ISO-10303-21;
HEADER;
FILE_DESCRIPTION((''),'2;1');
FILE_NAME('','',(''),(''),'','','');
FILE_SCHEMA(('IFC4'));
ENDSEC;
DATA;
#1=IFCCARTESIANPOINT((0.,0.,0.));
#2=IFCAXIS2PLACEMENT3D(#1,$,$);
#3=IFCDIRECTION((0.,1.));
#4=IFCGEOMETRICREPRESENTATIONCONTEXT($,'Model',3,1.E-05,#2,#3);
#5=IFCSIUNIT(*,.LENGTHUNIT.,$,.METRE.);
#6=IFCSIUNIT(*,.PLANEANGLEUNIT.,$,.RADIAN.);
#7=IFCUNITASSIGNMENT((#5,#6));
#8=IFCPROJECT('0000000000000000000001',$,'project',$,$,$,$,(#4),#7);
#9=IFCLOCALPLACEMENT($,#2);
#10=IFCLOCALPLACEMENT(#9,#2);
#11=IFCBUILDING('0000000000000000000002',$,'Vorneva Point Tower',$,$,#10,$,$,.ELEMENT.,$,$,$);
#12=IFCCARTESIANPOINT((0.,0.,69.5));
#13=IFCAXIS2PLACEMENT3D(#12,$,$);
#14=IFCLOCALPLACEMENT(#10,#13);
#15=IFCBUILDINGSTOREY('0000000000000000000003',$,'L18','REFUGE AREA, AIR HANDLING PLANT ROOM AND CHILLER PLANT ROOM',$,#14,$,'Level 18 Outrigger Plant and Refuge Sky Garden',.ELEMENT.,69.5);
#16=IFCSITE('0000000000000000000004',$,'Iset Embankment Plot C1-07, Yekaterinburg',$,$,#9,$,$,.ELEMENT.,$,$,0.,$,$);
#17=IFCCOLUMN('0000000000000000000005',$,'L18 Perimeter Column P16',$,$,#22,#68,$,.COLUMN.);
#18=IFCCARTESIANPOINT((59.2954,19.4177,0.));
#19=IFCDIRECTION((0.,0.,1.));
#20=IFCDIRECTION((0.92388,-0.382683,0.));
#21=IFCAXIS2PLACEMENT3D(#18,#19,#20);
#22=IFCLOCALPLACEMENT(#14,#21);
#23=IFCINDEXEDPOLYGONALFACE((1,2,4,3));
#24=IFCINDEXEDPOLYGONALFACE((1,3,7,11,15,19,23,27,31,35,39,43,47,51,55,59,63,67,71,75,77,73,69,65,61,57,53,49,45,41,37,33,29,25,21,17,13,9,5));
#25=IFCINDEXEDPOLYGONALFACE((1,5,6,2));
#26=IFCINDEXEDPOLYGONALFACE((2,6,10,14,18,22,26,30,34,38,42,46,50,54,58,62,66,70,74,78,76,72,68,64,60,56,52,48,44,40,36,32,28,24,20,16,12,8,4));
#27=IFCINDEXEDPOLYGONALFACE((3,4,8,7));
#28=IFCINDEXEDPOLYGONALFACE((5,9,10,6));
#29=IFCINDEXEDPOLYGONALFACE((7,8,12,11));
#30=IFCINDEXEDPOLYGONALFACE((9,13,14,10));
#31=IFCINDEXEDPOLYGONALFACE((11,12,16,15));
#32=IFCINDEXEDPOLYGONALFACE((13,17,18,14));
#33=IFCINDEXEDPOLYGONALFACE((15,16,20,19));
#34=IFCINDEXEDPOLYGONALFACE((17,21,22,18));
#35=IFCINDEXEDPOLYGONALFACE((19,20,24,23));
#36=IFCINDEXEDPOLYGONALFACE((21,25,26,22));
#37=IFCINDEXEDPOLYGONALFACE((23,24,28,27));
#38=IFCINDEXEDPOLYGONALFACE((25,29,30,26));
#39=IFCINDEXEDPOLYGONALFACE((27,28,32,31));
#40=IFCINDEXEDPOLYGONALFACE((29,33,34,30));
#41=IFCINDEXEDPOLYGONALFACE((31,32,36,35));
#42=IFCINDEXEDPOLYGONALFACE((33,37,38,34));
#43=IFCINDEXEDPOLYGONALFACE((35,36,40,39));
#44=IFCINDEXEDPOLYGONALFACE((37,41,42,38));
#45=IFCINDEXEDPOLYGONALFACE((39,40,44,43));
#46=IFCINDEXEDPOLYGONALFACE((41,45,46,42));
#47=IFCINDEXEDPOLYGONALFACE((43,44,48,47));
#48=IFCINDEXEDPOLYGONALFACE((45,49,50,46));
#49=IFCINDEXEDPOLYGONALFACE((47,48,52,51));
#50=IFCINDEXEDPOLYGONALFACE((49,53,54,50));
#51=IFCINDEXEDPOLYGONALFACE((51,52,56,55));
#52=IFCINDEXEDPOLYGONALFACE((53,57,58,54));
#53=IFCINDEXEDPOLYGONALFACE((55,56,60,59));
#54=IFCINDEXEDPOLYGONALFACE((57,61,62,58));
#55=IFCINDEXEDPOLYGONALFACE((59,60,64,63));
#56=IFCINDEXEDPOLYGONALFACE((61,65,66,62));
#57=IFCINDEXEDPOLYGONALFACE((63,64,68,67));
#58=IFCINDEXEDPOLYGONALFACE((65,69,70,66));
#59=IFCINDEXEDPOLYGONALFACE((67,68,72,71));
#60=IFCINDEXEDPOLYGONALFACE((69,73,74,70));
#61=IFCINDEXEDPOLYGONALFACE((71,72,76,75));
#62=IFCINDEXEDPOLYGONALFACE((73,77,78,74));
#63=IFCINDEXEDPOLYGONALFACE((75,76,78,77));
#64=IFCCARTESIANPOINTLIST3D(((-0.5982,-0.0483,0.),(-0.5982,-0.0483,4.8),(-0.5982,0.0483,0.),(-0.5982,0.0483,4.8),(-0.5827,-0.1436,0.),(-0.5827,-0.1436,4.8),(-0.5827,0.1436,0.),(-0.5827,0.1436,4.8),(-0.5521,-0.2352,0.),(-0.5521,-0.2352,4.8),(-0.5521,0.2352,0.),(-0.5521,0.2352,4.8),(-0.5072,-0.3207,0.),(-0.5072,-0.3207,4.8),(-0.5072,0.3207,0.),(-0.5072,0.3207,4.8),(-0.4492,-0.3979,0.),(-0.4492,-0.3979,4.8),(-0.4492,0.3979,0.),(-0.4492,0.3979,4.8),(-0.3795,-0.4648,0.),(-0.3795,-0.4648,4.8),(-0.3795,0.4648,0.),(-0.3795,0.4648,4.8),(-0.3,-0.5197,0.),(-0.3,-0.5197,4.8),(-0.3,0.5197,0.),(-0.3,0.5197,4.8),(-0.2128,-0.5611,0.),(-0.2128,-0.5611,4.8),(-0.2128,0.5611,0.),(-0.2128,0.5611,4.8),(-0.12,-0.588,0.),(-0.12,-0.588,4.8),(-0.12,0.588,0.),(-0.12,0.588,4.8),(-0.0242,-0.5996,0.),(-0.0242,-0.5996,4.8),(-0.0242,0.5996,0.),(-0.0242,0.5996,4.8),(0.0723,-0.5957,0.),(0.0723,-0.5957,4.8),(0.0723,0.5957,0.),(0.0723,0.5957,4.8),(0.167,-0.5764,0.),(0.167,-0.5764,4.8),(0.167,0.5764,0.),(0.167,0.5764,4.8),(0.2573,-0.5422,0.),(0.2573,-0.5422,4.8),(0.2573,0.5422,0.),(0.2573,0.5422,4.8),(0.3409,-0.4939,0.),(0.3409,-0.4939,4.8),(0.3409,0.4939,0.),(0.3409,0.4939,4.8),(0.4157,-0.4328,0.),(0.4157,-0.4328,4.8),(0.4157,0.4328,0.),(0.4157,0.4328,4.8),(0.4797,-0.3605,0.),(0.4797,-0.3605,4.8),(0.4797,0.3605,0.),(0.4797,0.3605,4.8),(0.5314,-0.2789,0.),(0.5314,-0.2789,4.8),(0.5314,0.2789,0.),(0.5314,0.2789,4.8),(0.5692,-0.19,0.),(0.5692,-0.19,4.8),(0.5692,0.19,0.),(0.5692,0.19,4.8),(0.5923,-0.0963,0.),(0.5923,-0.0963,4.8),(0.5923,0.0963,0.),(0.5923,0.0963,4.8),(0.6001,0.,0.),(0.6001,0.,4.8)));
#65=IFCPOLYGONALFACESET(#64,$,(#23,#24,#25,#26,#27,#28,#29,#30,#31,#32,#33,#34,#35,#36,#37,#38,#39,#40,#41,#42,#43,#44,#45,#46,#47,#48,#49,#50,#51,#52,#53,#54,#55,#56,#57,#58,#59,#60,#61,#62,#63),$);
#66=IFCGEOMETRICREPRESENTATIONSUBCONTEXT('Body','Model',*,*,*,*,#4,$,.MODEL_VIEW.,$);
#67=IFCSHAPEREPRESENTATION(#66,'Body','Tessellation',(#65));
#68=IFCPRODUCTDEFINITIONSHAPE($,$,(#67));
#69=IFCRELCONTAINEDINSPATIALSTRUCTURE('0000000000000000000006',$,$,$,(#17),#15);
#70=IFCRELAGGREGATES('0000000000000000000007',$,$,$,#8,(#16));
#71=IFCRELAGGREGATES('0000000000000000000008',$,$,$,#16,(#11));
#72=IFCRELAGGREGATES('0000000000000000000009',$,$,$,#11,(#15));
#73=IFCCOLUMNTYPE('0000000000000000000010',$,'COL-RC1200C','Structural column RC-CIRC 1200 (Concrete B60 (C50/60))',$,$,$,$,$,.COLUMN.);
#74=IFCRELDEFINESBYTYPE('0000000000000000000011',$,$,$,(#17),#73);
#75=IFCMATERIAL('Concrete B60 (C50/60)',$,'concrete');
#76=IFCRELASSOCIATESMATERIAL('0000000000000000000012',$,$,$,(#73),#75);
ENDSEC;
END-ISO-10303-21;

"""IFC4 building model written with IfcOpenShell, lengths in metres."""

from ifc_helpers import new_model, si_unit, direction, frame, origin, origin_2d, place, context, subcontext, project, spatial, circle, extrude, material, material_profile, profile_set, type_object, element, save


model = new_model("IFC4")

# Units and contexts
model_context = context("Model", 3, precision=1e-05, world=origin(), true_north=direction((0.0, 1.0)))
body_context = subcontext(model_context, "Body", "Model", "MODEL_VIEW")
ifc_project = project(units=[si_unit("LENGTHUNIT", "METRE"), si_unit("PLANEANGLEUNIT", "RADIAN")], contexts=[model_context])

# Site, building, storey
site_placement = place(None, origin())
site = spatial("IfcSite", under=ifc_project, at=site_placement, Name="Iset Embankment Plot C1-07, Yekaterinburg", CompositionType="ELEMENT", RefElevation=0.0)
building_placement = place(site_placement, origin())
building = spatial("IfcBuilding", under=site, at=building_placement, Name="Vorneva Point Tower", CompositionType="ELEMENT")
storey_placement = place(building_placement, frame((0.0, 0.0, 69.5)))
storey = spatial("IfcBuildingStorey", under=building, at=storey_placement, Name="L18", Description="REFUGE AREA, AIR HANDLING PLANT ROOM AND CHILLER PLANT ROOM", LongName="Level 18 Outrigger Plant and Refuge Sky Garden", CompositionType="ELEMENT", Elevation=69.5)

# Column
ifc_material_1 = material(Name="Concrete B60 (C50/60)", Category="concrete")
ifc_material_profile_1 = material_profile(ifc_material_1, circle(Radius=0.6001, at=origin_2d()), Name="RC-CIRC 1200")
ifc_profile_set_1 = profile_set([ifc_material_profile_1], Name="Concrete B60 (C50/60)")
column_type = type_object("IfcColumnType", Name="COL-RC1200C", Description="Structural column RC-CIRC 1200 (Concrete B60 (C50/60))", PredefinedType="COLUMN", material=ifc_profile_set_1)
for number, where, z_axis, x_axis, name in (
    (1, (59.2954, 19.4177, 0.0), (0.0, 0.0, 1.0), (0.92388, -0.382683, 0.0), "L18 Perimeter Column P16"),
):
    element("IfcColumn", number, at=place(storey_placement, frame(where, z_axis=z_axis, x_axis=x_axis)), inside=storey, type_object=column_type, Name=name, PredefinedType="COLUMN", context=body_context, shape_type="SweptSolid", body=[
        extrude(circle(Radius=0.6001, at=origin_2d()), origin(), (0.0, 0.0, 1.0), 4.8),
    ])

save(model, "model.ifc")
